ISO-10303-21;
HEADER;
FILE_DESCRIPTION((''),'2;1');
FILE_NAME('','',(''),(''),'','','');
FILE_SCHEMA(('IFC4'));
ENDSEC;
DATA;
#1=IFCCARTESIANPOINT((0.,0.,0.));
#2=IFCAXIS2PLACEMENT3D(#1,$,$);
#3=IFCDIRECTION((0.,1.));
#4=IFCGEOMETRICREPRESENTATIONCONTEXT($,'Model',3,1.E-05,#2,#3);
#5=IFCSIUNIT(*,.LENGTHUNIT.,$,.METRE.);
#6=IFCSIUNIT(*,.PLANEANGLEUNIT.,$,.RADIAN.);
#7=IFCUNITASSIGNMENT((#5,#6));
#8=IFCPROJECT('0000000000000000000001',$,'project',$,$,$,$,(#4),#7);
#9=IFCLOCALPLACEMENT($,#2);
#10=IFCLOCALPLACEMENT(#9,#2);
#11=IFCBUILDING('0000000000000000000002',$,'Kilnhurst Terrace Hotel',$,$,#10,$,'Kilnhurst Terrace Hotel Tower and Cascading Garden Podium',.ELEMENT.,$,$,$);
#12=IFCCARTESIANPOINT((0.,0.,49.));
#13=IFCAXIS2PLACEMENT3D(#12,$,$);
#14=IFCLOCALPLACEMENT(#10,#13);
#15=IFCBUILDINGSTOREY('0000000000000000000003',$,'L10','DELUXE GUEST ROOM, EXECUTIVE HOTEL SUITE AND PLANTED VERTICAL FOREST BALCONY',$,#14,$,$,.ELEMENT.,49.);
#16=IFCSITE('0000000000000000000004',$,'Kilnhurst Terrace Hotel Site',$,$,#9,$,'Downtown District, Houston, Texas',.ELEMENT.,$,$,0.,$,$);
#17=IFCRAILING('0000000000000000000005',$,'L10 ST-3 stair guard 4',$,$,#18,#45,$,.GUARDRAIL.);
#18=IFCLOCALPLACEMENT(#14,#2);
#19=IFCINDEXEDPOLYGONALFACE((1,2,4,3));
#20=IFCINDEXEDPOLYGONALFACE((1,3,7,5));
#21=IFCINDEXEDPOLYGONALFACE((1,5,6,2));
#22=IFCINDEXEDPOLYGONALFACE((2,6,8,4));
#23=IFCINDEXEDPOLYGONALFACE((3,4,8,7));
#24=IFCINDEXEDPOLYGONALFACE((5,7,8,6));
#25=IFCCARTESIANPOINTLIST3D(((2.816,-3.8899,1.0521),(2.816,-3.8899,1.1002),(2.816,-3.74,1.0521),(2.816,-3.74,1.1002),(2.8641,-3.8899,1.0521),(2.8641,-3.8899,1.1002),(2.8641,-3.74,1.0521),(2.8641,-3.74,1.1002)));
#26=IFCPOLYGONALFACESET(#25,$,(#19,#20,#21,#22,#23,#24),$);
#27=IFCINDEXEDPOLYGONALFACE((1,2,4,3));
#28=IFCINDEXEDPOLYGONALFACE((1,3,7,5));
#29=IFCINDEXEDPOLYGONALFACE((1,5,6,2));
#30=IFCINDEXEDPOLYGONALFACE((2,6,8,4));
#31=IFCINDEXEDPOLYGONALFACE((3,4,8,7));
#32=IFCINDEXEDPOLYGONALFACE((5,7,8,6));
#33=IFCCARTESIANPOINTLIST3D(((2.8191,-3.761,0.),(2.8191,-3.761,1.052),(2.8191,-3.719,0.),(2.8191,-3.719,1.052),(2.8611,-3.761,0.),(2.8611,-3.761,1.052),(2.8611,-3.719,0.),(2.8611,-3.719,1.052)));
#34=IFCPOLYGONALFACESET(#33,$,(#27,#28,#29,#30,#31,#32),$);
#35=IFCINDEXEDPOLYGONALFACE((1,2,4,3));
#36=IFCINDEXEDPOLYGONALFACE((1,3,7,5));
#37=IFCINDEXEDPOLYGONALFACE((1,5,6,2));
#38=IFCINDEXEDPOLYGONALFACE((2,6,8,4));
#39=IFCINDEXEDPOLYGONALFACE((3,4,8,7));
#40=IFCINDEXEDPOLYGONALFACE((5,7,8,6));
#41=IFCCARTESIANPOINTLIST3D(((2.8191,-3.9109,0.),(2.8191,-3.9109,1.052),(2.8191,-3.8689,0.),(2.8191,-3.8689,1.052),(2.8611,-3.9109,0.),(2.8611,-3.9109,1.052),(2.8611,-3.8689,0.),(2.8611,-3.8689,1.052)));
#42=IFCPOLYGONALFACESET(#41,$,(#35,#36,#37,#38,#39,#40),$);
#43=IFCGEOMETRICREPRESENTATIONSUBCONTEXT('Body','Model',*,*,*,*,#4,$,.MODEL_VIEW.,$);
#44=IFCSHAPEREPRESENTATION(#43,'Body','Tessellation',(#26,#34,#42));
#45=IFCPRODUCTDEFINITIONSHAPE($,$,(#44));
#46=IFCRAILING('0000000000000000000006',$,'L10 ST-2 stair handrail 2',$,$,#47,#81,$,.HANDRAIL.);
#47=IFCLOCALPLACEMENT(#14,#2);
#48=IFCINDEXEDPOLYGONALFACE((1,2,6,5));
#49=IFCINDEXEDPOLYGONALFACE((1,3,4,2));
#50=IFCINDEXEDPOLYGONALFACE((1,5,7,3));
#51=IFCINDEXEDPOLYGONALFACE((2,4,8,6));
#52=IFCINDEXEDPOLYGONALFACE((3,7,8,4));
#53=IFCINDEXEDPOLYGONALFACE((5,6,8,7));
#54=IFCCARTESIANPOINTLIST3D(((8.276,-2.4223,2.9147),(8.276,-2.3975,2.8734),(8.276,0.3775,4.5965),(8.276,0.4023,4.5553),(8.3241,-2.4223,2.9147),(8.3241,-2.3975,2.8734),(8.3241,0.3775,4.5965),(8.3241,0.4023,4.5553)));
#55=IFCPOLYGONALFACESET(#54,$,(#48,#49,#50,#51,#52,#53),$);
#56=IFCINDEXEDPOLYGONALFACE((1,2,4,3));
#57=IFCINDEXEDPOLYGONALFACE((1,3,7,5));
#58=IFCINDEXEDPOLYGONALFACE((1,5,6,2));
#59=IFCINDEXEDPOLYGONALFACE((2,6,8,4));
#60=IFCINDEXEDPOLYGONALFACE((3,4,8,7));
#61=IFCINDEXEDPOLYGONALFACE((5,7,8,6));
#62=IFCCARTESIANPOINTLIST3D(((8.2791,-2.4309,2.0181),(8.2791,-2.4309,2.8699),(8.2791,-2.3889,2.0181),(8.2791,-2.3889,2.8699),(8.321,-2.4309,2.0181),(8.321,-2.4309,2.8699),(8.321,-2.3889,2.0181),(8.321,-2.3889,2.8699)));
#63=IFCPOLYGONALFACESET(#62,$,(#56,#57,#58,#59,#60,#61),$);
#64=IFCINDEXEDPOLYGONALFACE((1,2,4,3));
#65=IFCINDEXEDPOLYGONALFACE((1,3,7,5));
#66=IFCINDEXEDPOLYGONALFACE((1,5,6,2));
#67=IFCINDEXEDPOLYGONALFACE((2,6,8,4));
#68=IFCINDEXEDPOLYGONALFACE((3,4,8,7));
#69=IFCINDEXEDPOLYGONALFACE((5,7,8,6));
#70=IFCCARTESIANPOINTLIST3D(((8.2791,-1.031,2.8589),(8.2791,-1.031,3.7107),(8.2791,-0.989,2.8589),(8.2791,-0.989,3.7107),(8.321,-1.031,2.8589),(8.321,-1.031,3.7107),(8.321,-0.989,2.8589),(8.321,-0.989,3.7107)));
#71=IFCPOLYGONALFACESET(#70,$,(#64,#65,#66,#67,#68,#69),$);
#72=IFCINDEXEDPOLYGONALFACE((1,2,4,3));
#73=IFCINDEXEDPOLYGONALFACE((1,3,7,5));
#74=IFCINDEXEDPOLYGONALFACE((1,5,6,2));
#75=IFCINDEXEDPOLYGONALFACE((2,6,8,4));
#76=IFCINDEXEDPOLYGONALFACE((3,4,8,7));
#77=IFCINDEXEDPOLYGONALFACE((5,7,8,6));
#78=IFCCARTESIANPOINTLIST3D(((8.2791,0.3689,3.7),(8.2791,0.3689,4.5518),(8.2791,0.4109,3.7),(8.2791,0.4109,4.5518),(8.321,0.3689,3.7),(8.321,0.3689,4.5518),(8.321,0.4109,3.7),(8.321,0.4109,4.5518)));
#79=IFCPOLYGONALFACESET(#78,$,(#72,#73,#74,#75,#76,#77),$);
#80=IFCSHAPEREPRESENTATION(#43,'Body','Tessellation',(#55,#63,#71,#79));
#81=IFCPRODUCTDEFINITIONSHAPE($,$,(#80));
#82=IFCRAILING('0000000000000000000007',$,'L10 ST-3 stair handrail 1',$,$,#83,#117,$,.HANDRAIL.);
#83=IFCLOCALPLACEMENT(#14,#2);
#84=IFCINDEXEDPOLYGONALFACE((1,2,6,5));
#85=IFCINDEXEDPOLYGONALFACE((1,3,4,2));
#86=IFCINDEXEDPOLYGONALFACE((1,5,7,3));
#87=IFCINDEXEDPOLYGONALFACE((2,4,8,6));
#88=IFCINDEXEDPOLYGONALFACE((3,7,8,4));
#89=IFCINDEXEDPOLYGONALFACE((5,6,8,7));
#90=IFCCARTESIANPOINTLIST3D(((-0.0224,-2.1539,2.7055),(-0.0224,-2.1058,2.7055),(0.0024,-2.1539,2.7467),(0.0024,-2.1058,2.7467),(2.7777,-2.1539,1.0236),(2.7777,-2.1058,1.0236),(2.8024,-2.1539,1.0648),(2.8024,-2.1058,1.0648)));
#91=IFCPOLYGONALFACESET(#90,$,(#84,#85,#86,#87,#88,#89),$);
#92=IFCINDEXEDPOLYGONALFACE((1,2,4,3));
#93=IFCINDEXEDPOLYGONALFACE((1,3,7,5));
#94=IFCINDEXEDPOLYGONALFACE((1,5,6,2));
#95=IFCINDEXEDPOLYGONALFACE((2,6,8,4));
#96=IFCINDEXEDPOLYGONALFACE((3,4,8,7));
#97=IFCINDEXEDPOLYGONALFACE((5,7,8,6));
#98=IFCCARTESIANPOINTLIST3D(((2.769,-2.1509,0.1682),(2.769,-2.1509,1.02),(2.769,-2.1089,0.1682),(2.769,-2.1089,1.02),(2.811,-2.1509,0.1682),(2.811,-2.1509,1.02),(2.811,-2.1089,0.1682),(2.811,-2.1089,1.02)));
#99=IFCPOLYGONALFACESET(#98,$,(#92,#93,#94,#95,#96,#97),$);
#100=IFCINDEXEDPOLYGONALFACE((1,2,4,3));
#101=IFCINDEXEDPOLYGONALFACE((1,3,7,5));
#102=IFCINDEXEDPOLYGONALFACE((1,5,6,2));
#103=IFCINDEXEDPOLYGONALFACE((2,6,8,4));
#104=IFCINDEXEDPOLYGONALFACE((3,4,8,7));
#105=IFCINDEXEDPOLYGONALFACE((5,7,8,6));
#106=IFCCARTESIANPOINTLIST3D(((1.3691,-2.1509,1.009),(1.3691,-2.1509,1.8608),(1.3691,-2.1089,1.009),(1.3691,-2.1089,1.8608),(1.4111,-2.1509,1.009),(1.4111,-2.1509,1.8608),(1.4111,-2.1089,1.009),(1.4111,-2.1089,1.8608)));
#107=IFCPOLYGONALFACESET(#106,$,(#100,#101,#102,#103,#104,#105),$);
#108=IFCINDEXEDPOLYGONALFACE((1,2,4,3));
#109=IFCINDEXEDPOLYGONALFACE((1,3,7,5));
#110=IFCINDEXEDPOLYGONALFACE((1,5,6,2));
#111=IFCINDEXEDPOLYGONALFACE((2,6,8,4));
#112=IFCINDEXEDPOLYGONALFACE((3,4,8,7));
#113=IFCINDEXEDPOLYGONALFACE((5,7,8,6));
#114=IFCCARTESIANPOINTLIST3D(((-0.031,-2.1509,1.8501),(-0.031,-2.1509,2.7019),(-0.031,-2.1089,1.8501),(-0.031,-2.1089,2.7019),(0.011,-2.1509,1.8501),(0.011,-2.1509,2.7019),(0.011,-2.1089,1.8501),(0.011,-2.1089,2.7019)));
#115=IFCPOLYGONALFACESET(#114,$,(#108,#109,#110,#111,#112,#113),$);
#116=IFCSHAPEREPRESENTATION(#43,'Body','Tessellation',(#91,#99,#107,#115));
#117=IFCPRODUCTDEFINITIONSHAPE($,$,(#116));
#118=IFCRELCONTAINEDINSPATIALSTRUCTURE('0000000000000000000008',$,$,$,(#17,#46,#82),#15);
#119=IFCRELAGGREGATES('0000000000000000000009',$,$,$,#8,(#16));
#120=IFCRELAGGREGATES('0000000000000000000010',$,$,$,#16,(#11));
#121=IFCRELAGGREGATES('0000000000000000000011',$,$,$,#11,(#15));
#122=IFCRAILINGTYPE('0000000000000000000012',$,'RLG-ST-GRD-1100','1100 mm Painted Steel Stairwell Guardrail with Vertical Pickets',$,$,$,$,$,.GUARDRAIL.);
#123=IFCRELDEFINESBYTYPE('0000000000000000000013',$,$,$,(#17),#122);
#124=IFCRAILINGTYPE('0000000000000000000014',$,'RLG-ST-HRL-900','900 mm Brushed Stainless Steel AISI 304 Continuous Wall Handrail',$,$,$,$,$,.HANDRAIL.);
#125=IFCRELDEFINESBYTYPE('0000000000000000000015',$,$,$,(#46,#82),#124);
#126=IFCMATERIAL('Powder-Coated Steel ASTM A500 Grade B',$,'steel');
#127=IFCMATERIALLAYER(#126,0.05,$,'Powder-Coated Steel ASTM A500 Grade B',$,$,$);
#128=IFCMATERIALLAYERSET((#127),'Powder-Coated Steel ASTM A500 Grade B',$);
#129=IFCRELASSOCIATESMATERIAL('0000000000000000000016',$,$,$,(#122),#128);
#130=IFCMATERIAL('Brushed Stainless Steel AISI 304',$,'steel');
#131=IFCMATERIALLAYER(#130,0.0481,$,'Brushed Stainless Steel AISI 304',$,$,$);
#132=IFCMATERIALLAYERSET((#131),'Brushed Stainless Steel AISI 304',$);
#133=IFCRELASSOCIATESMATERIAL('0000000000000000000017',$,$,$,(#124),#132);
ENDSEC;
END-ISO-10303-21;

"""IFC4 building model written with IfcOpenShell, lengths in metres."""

from ifc_helpers import new_model, si_unit, direction, frame, origin, origin_2d, place, context, subcontext, project, spatial, rectangle, extrude, material, layer, layer_set, type_object, element, save


model = new_model("IFC4")

# Units and contexts
model_context = context("Model", 3, precision=1e-05, world=origin(), true_north=direction((0.0, 1.0)))
body_context = subcontext(model_context, "Body", "Model", "MODEL_VIEW")
ifc_project = project(units=[si_unit("LENGTHUNIT", "METRE"), si_unit("PLANEANGLEUNIT", "RADIAN")], contexts=[model_context])

# Site, building, storey
site_placement = place(None, origin())
site = spatial("IfcSite", under=ifc_project, at=site_placement, Name="Kilnhurst Terrace Hotel Site", LongName="Downtown District, Houston, Texas", CompositionType="ELEMENT", RefElevation=0.0)
building_placement = place(site_placement, origin())
building = spatial("IfcBuilding", under=site, at=building_placement, Name="Kilnhurst Terrace Hotel", LongName="Kilnhurst Terrace Hotel Tower and Cascading Garden Podium", CompositionType="ELEMENT")
storey_placement = place(building_placement, frame((0.0, 0.0, 49.0)))
storey = spatial("IfcBuildingStorey", under=building, at=storey_placement, Name="L10", Description="DELUXE GUEST ROOM, EXECUTIVE HOTEL SUITE AND PLANTED VERTICAL FOREST BALCONY", CompositionType="ELEMENT", Elevation=49.0)

# Railings
ifc_material_1 = material(Name="Powder-Coated Steel ASTM A500 Grade B", Category="steel")
ifc_layer_1 = layer(ifc_material_1, 0.05, Name="Powder-Coated Steel ASTM A500 Grade B")
ifc_layer_set_1 = layer_set([ifc_layer_1], Name="Powder-Coated Steel ASTM A500 Grade B")
railing_type_1 = type_object("IfcRailingType", Name="RLG-ST-GRD-1100", Description="1100 mm Painted Steel Stairwell Guardrail with Vertical Pickets", PredefinedType="GUARDRAIL", material=ifc_layer_set_1)
railing_1_placement = place(storey_placement, frame((2.8401, -3.74, 0.0)))
element("IfcRailing", 1, at=railing_1_placement, inside=storey, type_object=railing_type_1, Name="L10 ST-3 stair guard 4", PredefinedType="GUARDRAIL", context=body_context, shape_type="SweptSolid", body=[
    extrude(rectangle(XDim=0.0481, YDim=0.0481, at=origin_2d()), frame((0.0, 0.0, 1.0762), z_axis=(0.0, -1.0, 0.0), x_axis=(1.0, 0.0, 0.0)), (0.0, 0.0, 1.0), 0.1499),
    extrude(rectangle(XDim=0.042, YDim=0.042, at=origin_2d()), origin(), (0.0, 0.0, 1.0), 1.052),
    extrude(rectangle(XDim=0.042, YDim=0.042, at=origin_2d()), frame((0.0, -0.1499, 0.0)), (0.0, 0.0, 1.0), 1.052),
])
ifc_material_2 = material(Name="Brushed Stainless Steel AISI 304", Category="steel")
ifc_layer_2 = layer(ifc_material_2, 0.0481, Name="Brushed Stainless Steel AISI 304")
ifc_layer_set_2 = layer_set([ifc_layer_2], Name="Brushed Stainless Steel AISI 304")
railing_type_2 = type_object("IfcRailingType", Name="RLG-ST-HRL-900", Description="900 mm Brushed Stainless Steel AISI 304 Continuous Wall Handrail", PredefinedType="HANDRAIL", material=ifc_layer_set_2)
railing_2_placement = place(storey_placement, frame((8.3, -2.4099, 2.0181)))
element("IfcRailing", 2, at=railing_2_placement, inside=storey, type_object=railing_type_2, Name="L10 ST-2 stair handrail 2", PredefinedType="HANDRAIL", context=body_context, shape_type="SweptSolid", body=[
    extrude(rectangle(XDim=0.0481, YDim=0.0481, at=origin_2d()), frame((0.0, 0.0, 0.876), z_axis=(0.0, 0.857222, 0.514946), x_axis=(-1.0, 0.0, 0.0)), (0.0, 0.0, 1.0), 3.2661),
    extrude(rectangle(XDim=0.042, YDim=0.042, at=origin_2d()), origin(), (0.0, 0.0, 1.0), 0.8518),
    extrude(rectangle(XDim=0.042, YDim=0.042, at=origin_2d()), frame((0.0, 1.3999, 0.8408)), (0.0, 0.0, 1.0), 0.8518),
    extrude(rectangle(XDim=0.042, YDim=0.042, at=origin_2d()), frame((0.0, 2.7998, 1.6819)), (0.0, 0.0, 1.0), 0.8518),
])
railing_3_placement = place(storey_placement, frame((2.79, -2.1299, 0.1682)))
element("IfcRailing", 3, at=railing_3_placement, inside=storey, type_object=railing_type_2, Name="L10 ST-3 stair handrail 1", PredefinedType="HANDRAIL", context=body_context, shape_type="SweptSolid", body=[
    extrude(rectangle(XDim=0.0481, YDim=0.0481, at=origin_2d()), frame((0.0, 0.0, 0.876), z_axis=(-0.857242, 0.0, 0.514913), x_axis=(0.0, -1.0, 0.0)), (0.0, 0.0, 1.0), 3.2664),
    extrude(rectangle(XDim=0.042, YDim=0.042, at=origin_2d()), origin(), (0.0, 0.0, 1.0), 0.8518),
    extrude(rectangle(XDim=0.042, YDim=0.042, at=origin_2d()), frame((-1.3999, 0.0, 0.8408)), (0.0, 0.0, 1.0), 0.8518),
    extrude(rectangle(XDim=0.042, YDim=0.042, at=origin_2d()), frame((-2.8, 0.0, 1.6819)), (0.0, 0.0, 1.0), 0.8518),
])

save(model, "model.ifc")
